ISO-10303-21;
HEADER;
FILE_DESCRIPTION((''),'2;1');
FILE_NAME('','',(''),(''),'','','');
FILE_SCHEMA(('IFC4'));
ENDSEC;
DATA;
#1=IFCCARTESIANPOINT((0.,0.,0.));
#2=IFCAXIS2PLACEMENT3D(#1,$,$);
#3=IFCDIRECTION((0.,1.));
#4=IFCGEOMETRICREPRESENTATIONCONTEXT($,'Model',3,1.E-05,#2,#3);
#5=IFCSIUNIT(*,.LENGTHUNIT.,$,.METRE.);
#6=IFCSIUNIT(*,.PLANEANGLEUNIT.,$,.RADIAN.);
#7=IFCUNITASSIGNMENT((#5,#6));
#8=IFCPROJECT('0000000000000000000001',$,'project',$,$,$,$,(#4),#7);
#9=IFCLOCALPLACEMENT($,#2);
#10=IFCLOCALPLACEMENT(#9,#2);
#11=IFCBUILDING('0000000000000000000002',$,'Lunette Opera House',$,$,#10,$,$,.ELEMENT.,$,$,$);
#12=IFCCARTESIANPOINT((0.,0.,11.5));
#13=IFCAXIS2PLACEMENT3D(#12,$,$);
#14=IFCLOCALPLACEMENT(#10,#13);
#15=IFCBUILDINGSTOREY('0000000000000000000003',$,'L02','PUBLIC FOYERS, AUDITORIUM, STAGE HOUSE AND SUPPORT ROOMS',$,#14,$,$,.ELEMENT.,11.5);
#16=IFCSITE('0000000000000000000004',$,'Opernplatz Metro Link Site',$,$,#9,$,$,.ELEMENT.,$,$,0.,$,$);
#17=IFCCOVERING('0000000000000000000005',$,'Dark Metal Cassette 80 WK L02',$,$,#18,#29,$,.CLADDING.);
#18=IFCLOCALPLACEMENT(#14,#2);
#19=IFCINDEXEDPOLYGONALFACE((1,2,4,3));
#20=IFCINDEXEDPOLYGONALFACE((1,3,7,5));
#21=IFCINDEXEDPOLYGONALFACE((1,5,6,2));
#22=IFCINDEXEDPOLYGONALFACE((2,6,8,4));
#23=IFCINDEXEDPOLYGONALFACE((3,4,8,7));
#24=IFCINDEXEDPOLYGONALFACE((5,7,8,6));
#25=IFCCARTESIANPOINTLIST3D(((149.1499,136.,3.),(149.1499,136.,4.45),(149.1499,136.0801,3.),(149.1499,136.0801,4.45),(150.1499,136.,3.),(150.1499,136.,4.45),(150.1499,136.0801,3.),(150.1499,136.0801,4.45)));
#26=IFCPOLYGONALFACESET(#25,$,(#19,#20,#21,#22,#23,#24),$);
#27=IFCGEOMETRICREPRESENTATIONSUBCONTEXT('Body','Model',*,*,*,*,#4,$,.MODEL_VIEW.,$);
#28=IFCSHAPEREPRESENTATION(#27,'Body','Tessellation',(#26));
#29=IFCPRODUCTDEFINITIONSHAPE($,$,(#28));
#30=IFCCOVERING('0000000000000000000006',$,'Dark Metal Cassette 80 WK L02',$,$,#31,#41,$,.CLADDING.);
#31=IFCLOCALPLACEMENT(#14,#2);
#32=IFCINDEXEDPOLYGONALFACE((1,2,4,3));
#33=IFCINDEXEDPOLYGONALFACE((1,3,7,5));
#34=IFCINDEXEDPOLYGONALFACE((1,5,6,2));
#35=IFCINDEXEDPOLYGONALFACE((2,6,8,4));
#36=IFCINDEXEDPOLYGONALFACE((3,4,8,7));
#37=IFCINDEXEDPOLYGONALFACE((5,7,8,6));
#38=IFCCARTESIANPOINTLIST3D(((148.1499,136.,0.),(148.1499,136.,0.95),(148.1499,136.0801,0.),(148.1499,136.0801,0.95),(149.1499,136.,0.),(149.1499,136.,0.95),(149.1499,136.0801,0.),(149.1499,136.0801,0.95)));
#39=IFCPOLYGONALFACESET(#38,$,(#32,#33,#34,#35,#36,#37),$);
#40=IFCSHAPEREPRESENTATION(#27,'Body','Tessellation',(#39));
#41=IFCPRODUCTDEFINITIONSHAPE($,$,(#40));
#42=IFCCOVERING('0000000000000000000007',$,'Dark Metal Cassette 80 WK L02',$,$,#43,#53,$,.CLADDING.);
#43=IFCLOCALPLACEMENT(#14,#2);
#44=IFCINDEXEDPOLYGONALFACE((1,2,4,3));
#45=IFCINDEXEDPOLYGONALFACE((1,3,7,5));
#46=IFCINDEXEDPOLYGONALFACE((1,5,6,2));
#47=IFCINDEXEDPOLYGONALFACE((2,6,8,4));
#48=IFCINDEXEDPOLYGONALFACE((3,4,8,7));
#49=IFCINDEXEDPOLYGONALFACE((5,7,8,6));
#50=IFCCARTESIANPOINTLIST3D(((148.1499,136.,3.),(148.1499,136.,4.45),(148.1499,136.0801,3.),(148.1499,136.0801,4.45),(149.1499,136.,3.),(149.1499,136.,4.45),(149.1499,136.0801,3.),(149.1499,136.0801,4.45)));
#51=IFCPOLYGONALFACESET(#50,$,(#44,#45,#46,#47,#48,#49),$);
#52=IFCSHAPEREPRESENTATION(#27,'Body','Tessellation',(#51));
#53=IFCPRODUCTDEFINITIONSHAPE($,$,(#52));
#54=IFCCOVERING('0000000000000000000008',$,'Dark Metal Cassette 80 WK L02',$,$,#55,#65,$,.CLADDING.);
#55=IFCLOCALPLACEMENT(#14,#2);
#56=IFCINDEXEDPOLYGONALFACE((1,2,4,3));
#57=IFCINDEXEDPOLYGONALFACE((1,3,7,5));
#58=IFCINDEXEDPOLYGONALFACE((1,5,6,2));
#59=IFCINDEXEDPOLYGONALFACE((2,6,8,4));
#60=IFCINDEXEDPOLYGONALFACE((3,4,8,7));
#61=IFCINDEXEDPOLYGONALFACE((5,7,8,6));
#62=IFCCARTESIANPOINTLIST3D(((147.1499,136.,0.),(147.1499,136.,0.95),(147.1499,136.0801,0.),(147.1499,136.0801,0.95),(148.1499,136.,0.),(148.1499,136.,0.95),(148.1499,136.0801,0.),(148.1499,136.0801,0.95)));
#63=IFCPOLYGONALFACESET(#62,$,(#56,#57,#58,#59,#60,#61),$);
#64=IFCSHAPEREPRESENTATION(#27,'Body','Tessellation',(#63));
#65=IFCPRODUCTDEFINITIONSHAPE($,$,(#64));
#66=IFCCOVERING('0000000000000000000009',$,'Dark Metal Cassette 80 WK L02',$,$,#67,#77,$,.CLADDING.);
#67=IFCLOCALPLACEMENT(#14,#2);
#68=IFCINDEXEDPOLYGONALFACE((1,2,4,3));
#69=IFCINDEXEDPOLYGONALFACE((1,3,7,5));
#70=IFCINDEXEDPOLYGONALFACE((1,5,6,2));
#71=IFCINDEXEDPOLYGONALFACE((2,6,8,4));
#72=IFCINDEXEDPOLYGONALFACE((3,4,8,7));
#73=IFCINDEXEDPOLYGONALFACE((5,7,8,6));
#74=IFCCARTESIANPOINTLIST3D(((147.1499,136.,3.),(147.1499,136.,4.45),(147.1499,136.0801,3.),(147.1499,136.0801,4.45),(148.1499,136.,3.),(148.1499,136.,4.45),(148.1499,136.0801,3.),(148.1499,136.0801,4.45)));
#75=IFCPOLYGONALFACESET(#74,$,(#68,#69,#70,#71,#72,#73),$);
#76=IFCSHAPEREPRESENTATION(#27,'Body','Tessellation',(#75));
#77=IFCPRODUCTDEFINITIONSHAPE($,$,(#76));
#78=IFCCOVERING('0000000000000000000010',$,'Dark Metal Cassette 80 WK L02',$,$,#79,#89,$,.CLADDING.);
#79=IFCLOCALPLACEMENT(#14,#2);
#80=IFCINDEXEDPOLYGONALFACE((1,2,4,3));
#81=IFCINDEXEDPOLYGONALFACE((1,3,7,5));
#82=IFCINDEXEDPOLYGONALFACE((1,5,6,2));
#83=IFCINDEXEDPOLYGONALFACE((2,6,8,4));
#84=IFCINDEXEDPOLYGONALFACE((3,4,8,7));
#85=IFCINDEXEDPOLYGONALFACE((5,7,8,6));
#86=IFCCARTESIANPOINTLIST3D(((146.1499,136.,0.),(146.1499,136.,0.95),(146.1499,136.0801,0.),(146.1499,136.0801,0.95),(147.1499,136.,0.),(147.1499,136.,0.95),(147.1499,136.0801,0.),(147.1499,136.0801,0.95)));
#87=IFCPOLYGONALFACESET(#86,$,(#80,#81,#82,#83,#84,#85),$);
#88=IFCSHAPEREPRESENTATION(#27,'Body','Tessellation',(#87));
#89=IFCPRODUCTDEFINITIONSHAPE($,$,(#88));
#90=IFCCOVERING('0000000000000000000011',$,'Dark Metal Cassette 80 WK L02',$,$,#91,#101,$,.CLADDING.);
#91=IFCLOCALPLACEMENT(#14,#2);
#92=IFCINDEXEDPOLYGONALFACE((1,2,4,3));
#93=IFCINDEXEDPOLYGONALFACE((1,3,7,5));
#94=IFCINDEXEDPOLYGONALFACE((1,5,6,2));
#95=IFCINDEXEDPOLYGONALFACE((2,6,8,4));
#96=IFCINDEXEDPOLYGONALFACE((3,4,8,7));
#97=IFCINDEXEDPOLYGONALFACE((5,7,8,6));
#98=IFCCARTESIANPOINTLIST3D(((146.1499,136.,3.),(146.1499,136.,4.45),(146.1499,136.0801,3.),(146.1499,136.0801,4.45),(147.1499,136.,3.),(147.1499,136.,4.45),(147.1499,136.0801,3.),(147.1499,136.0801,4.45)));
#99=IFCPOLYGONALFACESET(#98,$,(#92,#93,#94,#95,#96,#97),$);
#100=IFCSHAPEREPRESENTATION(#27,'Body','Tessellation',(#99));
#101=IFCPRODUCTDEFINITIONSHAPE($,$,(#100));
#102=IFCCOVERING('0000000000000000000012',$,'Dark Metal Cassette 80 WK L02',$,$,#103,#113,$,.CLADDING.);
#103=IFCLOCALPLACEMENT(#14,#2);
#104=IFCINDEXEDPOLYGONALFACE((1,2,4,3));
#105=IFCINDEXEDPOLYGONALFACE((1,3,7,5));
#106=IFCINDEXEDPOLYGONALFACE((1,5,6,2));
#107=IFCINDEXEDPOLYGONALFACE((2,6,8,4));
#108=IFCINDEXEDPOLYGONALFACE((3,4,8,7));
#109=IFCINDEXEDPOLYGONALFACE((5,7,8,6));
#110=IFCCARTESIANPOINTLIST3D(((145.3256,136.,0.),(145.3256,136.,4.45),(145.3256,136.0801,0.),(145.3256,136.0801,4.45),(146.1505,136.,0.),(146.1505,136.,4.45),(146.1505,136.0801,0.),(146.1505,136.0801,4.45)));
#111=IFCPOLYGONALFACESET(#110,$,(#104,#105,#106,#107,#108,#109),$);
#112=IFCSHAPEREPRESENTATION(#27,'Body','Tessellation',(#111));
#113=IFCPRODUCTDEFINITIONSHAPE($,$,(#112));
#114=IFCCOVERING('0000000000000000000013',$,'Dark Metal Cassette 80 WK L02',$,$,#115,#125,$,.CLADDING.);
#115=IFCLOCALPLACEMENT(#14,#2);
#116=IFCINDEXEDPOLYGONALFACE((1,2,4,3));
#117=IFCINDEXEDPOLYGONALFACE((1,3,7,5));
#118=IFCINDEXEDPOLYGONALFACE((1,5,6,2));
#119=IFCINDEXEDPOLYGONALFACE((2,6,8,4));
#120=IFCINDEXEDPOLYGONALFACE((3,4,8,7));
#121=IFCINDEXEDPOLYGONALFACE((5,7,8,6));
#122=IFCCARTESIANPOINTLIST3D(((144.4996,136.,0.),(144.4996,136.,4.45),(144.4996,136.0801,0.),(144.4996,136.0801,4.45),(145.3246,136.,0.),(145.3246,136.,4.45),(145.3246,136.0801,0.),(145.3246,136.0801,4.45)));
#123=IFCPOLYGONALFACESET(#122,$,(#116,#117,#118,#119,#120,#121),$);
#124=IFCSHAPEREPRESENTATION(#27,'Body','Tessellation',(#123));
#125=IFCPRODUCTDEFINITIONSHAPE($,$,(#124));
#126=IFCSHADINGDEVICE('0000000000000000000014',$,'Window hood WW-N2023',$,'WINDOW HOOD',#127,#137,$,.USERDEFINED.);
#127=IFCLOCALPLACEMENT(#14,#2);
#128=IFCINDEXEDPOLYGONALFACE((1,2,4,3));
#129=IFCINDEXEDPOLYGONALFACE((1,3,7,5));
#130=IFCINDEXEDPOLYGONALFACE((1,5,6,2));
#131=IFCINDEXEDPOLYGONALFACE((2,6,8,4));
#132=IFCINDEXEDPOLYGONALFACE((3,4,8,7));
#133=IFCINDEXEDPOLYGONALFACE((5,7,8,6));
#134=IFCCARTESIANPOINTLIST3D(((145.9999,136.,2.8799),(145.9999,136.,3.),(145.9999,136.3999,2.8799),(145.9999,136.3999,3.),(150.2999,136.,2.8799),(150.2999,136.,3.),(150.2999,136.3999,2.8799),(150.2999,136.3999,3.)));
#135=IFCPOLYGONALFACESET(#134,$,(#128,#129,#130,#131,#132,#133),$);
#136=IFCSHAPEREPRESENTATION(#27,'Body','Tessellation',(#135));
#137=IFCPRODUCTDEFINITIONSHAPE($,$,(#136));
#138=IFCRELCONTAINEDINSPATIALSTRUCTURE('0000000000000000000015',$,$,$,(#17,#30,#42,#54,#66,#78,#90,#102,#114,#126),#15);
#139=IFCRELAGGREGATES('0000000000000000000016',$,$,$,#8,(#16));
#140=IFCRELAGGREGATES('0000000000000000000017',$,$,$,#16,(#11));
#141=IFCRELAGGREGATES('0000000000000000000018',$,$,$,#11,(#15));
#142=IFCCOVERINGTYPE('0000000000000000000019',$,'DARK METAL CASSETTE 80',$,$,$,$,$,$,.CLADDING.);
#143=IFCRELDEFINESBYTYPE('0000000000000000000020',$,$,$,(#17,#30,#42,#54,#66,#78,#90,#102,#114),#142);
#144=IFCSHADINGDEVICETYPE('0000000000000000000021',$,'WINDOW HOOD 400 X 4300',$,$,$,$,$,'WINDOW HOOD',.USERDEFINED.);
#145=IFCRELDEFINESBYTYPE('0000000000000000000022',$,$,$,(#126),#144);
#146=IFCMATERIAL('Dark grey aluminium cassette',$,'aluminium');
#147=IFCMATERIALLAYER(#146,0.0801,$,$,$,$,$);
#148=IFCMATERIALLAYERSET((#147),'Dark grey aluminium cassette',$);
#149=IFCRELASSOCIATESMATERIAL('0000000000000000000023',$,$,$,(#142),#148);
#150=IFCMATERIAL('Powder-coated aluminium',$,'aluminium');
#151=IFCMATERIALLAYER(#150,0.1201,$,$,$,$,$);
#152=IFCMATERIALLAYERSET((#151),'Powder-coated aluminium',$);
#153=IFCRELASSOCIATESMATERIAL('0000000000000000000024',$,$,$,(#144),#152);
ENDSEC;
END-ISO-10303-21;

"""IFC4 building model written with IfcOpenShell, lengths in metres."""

from ifc_helpers import new_model, si_unit, direction, frame, origin, origin_2d, place, context, subcontext, project, spatial, rectangle, extrude, material, layer, layer_set, type_object, element, save


model = new_model("IFC4")

# Units and contexts
model_context = context("Model", 3, precision=1e-05, world=origin(), true_north=direction((0.0, 1.0)))
body_context = subcontext(model_context, "Body", "Model", "MODEL_VIEW")
ifc_project = project(units=[si_unit("LENGTHUNIT", "METRE"), si_unit("PLANEANGLEUNIT", "RADIAN")], contexts=[model_context])

# Site, building, storey
site_placement = place(None, origin())
site = spatial("IfcSite", under=ifc_project, at=site_placement, Name="Opernplatz Metro Link Site", CompositionType="ELEMENT", RefElevation=0.0)
building_placement = place(site_placement, origin())
building = spatial("IfcBuilding", under=site, at=building_placement, Name="Lunette Opera House", CompositionType="ELEMENT")
storey_placement = place(building_placement, frame((0.0, 0.0, 11.5)))
storey = spatial("IfcBuildingStorey", under=building, at=storey_placement, Name="L02", Description="PUBLIC FOYERS, AUDITORIUM, STAGE HOUSE AND SUPPORT ROOMS", CompositionType="ELEMENT", Elevation=11.5)

# Coverings
ifc_material_1 = material(Name="Dark grey aluminium cassette", Category="aluminium")
ifc_layer_1 = layer(ifc_material_1, 0.0801)
ifc_layer_set_1 = layer_set([ifc_layer_1], Name="Dark grey aluminium cassette")
covering_type = type_object("IfcCoveringType", Name="DARK METAL CASSETTE 80", PredefinedType="CLADDING", material=ifc_layer_set_1)
covering_1_placement = place(storey_placement, frame((149.6499, 136.04, 3.0), z_axis=(0.0, 0.0, 1.0), x_axis=(-1.0, 0.0, 0.0)))
element("IfcCovering", 1, at=covering_1_placement, inside=storey, type_object=covering_type, Name="Dark Metal Cassette 80 WK L02", PredefinedType="CLADDING", context=body_context, shape_type="SweptSolid", body=[
    extrude(rectangle(XDim=1.0, YDim=0.0801, at=origin_2d()), origin(), (0.0, 0.0, 1.0), 1.45),
])
covering_2_placement = place(storey_placement, frame((148.6499, 136.04, 0.0), z_axis=(0.0, 0.0, 1.0), x_axis=(-1.0, 0.0, 0.0)))
element("IfcCovering", 2, at=covering_2_placement, inside=storey, type_object=covering_type, Name="Dark Metal Cassette 80 WK L02", PredefinedType="CLADDING", context=body_context, shape_type="SweptSolid", body=[
    extrude(rectangle(XDim=1.0, YDim=0.0801, at=origin_2d()), origin(), (0.0, 0.0, 1.0), 0.95),
])
covering_3_placement = place(storey_placement, frame((148.6499, 136.04, 3.0), z_axis=(0.0, 0.0, 1.0), x_axis=(-1.0, 0.0, 0.0)))
element("IfcCovering", 3, at=covering_3_placement, inside=storey, type_object=covering_type, Name="Dark Metal Cassette 80 WK L02", PredefinedType="CLADDING", context=body_context, shape_type="SweptSolid", body=[
    extrude(rectangle(XDim=1.0, YDim=0.0801, at=origin_2d()), origin(), (0.0, 0.0, 1.0), 1.45),
])
covering_4_placement = place(storey_placement, frame((147.6499, 136.04, 0.0), z_axis=(0.0, 0.0, 1.0), x_axis=(-1.0, 0.0, 0.0)))
element("IfcCovering", 4, at=covering_4_placement, inside=storey, type_object=covering_type, Name="Dark Metal Cassette 80 WK L02", PredefinedType="CLADDING", context=body_context, shape_type="SweptSolid", body=[
    extrude(rectangle(XDim=1.0, YDim=0.0801, at=origin_2d()), origin(), (0.0, 0.0, 1.0), 0.95),
])
covering_5_placement = place(storey_placement, frame((147.6499, 136.04, 3.0), z_axis=(0.0, 0.0, 1.0), x_axis=(-1.0, 0.0, 0.0)))
element("IfcCovering", 5, at=covering_5_placement, inside=storey, type_object=covering_type, Name="Dark Metal Cassette 80 WK L02", PredefinedType="CLADDING", context=body_context, shape_type="SweptSolid", body=[
    extrude(rectangle(XDim=1.0, YDim=0.0801, at=origin_2d()), origin(), (0.0, 0.0, 1.0), 1.45),
])
covering_6_placement = place(storey_placement, frame((146.6499, 136.04, 0.0), z_axis=(0.0, 0.0, 1.0), x_axis=(-1.0, 0.0, 0.0)))
element("IfcCovering", 6, at=covering_6_placement, inside=storey, type_object=covering_type, Name="Dark Metal Cassette 80 WK L02", PredefinedType="CLADDING", context=body_context, shape_type="SweptSolid", body=[
    extrude(rectangle(XDim=1.0, YDim=0.0801, at=origin_2d()), origin(), (0.0, 0.0, 1.0), 0.95),
])
covering_7_placement = place(storey_placement, frame((146.6499, 136.04, 3.0), z_axis=(0.0, 0.0, 1.0), x_axis=(-1.0, 0.0, 0.0)))
element("IfcCovering", 7, at=covering_7_placement, inside=storey, type_object=covering_type, Name="Dark Metal Cassette 80 WK L02", PredefinedType="CLADDING", context=body_context, shape_type="SweptSolid", body=[
    extrude(rectangle(XDim=1.0, YDim=0.0801, at=origin_2d()), origin(), (0.0, 0.0, 1.0), 1.45),
])
for number, where, z_axis, x_axis, name in (
    (8, (145.738, 136.04, 0.0), (0.0, 0.0, 1.0), (-1.0, 0.0, 0.0), "Dark Metal Cassette 80 WK L02"),
    (9, (144.9121, 136.04, 0.0), (0.0, 0.0, 1.0), (-1.0, 0.0, 0.0), "Dark Metal Cassette 80 WK L02"),
):
    element("IfcCovering", number, at=place(storey_placement, frame(where, z_axis=z_axis, x_axis=x_axis)), inside=storey, type_object=covering_type, Name=name, PredefinedType="CLADDING", context=body_context, shape_type="SweptSolid", body=[
        extrude(rectangle(XDim=0.825, YDim=0.0801, at=origin_2d()), origin(), (0.0, 0.0, 1.0), 4.45),
    ])

# Shading device
ifc_material_2 = material(Name="Powder-coated aluminium", Category="aluminium")
ifc_layer_2 = layer(ifc_material_2, 0.1201)
ifc_layer_set_2 = layer_set([ifc_layer_2], Name="Powder-coated aluminium")
shading_device_type = type_object("IfcShadingDeviceType", Name="WINDOW HOOD 400 X 4300", ElementType="WINDOW HOOD", PredefinedType="USERDEFINED", material=ifc_layer_set_2)
shading_device_placement = place(storey_placement, frame((148.1499, 136.2, 2.8799), z_axis=(0.0, 0.0, 1.0), x_axis=(0.0, 1.0, 0.0)))
element("IfcShadingDevice", 10, at=shading_device_placement, inside=storey, type_object=shading_device_type, Name="Window hood WW-N2023", ObjectType="WINDOW HOOD", PredefinedType="USERDEFINED", context=body_context, shape_type="SweptSolid", body=[
    extrude(rectangle(XDim=0.3999, YDim=4.3, at=origin_2d()), origin(), (0.0, 0.0, 1.0), 0.1201),
])

save(model, "model.ifc")
